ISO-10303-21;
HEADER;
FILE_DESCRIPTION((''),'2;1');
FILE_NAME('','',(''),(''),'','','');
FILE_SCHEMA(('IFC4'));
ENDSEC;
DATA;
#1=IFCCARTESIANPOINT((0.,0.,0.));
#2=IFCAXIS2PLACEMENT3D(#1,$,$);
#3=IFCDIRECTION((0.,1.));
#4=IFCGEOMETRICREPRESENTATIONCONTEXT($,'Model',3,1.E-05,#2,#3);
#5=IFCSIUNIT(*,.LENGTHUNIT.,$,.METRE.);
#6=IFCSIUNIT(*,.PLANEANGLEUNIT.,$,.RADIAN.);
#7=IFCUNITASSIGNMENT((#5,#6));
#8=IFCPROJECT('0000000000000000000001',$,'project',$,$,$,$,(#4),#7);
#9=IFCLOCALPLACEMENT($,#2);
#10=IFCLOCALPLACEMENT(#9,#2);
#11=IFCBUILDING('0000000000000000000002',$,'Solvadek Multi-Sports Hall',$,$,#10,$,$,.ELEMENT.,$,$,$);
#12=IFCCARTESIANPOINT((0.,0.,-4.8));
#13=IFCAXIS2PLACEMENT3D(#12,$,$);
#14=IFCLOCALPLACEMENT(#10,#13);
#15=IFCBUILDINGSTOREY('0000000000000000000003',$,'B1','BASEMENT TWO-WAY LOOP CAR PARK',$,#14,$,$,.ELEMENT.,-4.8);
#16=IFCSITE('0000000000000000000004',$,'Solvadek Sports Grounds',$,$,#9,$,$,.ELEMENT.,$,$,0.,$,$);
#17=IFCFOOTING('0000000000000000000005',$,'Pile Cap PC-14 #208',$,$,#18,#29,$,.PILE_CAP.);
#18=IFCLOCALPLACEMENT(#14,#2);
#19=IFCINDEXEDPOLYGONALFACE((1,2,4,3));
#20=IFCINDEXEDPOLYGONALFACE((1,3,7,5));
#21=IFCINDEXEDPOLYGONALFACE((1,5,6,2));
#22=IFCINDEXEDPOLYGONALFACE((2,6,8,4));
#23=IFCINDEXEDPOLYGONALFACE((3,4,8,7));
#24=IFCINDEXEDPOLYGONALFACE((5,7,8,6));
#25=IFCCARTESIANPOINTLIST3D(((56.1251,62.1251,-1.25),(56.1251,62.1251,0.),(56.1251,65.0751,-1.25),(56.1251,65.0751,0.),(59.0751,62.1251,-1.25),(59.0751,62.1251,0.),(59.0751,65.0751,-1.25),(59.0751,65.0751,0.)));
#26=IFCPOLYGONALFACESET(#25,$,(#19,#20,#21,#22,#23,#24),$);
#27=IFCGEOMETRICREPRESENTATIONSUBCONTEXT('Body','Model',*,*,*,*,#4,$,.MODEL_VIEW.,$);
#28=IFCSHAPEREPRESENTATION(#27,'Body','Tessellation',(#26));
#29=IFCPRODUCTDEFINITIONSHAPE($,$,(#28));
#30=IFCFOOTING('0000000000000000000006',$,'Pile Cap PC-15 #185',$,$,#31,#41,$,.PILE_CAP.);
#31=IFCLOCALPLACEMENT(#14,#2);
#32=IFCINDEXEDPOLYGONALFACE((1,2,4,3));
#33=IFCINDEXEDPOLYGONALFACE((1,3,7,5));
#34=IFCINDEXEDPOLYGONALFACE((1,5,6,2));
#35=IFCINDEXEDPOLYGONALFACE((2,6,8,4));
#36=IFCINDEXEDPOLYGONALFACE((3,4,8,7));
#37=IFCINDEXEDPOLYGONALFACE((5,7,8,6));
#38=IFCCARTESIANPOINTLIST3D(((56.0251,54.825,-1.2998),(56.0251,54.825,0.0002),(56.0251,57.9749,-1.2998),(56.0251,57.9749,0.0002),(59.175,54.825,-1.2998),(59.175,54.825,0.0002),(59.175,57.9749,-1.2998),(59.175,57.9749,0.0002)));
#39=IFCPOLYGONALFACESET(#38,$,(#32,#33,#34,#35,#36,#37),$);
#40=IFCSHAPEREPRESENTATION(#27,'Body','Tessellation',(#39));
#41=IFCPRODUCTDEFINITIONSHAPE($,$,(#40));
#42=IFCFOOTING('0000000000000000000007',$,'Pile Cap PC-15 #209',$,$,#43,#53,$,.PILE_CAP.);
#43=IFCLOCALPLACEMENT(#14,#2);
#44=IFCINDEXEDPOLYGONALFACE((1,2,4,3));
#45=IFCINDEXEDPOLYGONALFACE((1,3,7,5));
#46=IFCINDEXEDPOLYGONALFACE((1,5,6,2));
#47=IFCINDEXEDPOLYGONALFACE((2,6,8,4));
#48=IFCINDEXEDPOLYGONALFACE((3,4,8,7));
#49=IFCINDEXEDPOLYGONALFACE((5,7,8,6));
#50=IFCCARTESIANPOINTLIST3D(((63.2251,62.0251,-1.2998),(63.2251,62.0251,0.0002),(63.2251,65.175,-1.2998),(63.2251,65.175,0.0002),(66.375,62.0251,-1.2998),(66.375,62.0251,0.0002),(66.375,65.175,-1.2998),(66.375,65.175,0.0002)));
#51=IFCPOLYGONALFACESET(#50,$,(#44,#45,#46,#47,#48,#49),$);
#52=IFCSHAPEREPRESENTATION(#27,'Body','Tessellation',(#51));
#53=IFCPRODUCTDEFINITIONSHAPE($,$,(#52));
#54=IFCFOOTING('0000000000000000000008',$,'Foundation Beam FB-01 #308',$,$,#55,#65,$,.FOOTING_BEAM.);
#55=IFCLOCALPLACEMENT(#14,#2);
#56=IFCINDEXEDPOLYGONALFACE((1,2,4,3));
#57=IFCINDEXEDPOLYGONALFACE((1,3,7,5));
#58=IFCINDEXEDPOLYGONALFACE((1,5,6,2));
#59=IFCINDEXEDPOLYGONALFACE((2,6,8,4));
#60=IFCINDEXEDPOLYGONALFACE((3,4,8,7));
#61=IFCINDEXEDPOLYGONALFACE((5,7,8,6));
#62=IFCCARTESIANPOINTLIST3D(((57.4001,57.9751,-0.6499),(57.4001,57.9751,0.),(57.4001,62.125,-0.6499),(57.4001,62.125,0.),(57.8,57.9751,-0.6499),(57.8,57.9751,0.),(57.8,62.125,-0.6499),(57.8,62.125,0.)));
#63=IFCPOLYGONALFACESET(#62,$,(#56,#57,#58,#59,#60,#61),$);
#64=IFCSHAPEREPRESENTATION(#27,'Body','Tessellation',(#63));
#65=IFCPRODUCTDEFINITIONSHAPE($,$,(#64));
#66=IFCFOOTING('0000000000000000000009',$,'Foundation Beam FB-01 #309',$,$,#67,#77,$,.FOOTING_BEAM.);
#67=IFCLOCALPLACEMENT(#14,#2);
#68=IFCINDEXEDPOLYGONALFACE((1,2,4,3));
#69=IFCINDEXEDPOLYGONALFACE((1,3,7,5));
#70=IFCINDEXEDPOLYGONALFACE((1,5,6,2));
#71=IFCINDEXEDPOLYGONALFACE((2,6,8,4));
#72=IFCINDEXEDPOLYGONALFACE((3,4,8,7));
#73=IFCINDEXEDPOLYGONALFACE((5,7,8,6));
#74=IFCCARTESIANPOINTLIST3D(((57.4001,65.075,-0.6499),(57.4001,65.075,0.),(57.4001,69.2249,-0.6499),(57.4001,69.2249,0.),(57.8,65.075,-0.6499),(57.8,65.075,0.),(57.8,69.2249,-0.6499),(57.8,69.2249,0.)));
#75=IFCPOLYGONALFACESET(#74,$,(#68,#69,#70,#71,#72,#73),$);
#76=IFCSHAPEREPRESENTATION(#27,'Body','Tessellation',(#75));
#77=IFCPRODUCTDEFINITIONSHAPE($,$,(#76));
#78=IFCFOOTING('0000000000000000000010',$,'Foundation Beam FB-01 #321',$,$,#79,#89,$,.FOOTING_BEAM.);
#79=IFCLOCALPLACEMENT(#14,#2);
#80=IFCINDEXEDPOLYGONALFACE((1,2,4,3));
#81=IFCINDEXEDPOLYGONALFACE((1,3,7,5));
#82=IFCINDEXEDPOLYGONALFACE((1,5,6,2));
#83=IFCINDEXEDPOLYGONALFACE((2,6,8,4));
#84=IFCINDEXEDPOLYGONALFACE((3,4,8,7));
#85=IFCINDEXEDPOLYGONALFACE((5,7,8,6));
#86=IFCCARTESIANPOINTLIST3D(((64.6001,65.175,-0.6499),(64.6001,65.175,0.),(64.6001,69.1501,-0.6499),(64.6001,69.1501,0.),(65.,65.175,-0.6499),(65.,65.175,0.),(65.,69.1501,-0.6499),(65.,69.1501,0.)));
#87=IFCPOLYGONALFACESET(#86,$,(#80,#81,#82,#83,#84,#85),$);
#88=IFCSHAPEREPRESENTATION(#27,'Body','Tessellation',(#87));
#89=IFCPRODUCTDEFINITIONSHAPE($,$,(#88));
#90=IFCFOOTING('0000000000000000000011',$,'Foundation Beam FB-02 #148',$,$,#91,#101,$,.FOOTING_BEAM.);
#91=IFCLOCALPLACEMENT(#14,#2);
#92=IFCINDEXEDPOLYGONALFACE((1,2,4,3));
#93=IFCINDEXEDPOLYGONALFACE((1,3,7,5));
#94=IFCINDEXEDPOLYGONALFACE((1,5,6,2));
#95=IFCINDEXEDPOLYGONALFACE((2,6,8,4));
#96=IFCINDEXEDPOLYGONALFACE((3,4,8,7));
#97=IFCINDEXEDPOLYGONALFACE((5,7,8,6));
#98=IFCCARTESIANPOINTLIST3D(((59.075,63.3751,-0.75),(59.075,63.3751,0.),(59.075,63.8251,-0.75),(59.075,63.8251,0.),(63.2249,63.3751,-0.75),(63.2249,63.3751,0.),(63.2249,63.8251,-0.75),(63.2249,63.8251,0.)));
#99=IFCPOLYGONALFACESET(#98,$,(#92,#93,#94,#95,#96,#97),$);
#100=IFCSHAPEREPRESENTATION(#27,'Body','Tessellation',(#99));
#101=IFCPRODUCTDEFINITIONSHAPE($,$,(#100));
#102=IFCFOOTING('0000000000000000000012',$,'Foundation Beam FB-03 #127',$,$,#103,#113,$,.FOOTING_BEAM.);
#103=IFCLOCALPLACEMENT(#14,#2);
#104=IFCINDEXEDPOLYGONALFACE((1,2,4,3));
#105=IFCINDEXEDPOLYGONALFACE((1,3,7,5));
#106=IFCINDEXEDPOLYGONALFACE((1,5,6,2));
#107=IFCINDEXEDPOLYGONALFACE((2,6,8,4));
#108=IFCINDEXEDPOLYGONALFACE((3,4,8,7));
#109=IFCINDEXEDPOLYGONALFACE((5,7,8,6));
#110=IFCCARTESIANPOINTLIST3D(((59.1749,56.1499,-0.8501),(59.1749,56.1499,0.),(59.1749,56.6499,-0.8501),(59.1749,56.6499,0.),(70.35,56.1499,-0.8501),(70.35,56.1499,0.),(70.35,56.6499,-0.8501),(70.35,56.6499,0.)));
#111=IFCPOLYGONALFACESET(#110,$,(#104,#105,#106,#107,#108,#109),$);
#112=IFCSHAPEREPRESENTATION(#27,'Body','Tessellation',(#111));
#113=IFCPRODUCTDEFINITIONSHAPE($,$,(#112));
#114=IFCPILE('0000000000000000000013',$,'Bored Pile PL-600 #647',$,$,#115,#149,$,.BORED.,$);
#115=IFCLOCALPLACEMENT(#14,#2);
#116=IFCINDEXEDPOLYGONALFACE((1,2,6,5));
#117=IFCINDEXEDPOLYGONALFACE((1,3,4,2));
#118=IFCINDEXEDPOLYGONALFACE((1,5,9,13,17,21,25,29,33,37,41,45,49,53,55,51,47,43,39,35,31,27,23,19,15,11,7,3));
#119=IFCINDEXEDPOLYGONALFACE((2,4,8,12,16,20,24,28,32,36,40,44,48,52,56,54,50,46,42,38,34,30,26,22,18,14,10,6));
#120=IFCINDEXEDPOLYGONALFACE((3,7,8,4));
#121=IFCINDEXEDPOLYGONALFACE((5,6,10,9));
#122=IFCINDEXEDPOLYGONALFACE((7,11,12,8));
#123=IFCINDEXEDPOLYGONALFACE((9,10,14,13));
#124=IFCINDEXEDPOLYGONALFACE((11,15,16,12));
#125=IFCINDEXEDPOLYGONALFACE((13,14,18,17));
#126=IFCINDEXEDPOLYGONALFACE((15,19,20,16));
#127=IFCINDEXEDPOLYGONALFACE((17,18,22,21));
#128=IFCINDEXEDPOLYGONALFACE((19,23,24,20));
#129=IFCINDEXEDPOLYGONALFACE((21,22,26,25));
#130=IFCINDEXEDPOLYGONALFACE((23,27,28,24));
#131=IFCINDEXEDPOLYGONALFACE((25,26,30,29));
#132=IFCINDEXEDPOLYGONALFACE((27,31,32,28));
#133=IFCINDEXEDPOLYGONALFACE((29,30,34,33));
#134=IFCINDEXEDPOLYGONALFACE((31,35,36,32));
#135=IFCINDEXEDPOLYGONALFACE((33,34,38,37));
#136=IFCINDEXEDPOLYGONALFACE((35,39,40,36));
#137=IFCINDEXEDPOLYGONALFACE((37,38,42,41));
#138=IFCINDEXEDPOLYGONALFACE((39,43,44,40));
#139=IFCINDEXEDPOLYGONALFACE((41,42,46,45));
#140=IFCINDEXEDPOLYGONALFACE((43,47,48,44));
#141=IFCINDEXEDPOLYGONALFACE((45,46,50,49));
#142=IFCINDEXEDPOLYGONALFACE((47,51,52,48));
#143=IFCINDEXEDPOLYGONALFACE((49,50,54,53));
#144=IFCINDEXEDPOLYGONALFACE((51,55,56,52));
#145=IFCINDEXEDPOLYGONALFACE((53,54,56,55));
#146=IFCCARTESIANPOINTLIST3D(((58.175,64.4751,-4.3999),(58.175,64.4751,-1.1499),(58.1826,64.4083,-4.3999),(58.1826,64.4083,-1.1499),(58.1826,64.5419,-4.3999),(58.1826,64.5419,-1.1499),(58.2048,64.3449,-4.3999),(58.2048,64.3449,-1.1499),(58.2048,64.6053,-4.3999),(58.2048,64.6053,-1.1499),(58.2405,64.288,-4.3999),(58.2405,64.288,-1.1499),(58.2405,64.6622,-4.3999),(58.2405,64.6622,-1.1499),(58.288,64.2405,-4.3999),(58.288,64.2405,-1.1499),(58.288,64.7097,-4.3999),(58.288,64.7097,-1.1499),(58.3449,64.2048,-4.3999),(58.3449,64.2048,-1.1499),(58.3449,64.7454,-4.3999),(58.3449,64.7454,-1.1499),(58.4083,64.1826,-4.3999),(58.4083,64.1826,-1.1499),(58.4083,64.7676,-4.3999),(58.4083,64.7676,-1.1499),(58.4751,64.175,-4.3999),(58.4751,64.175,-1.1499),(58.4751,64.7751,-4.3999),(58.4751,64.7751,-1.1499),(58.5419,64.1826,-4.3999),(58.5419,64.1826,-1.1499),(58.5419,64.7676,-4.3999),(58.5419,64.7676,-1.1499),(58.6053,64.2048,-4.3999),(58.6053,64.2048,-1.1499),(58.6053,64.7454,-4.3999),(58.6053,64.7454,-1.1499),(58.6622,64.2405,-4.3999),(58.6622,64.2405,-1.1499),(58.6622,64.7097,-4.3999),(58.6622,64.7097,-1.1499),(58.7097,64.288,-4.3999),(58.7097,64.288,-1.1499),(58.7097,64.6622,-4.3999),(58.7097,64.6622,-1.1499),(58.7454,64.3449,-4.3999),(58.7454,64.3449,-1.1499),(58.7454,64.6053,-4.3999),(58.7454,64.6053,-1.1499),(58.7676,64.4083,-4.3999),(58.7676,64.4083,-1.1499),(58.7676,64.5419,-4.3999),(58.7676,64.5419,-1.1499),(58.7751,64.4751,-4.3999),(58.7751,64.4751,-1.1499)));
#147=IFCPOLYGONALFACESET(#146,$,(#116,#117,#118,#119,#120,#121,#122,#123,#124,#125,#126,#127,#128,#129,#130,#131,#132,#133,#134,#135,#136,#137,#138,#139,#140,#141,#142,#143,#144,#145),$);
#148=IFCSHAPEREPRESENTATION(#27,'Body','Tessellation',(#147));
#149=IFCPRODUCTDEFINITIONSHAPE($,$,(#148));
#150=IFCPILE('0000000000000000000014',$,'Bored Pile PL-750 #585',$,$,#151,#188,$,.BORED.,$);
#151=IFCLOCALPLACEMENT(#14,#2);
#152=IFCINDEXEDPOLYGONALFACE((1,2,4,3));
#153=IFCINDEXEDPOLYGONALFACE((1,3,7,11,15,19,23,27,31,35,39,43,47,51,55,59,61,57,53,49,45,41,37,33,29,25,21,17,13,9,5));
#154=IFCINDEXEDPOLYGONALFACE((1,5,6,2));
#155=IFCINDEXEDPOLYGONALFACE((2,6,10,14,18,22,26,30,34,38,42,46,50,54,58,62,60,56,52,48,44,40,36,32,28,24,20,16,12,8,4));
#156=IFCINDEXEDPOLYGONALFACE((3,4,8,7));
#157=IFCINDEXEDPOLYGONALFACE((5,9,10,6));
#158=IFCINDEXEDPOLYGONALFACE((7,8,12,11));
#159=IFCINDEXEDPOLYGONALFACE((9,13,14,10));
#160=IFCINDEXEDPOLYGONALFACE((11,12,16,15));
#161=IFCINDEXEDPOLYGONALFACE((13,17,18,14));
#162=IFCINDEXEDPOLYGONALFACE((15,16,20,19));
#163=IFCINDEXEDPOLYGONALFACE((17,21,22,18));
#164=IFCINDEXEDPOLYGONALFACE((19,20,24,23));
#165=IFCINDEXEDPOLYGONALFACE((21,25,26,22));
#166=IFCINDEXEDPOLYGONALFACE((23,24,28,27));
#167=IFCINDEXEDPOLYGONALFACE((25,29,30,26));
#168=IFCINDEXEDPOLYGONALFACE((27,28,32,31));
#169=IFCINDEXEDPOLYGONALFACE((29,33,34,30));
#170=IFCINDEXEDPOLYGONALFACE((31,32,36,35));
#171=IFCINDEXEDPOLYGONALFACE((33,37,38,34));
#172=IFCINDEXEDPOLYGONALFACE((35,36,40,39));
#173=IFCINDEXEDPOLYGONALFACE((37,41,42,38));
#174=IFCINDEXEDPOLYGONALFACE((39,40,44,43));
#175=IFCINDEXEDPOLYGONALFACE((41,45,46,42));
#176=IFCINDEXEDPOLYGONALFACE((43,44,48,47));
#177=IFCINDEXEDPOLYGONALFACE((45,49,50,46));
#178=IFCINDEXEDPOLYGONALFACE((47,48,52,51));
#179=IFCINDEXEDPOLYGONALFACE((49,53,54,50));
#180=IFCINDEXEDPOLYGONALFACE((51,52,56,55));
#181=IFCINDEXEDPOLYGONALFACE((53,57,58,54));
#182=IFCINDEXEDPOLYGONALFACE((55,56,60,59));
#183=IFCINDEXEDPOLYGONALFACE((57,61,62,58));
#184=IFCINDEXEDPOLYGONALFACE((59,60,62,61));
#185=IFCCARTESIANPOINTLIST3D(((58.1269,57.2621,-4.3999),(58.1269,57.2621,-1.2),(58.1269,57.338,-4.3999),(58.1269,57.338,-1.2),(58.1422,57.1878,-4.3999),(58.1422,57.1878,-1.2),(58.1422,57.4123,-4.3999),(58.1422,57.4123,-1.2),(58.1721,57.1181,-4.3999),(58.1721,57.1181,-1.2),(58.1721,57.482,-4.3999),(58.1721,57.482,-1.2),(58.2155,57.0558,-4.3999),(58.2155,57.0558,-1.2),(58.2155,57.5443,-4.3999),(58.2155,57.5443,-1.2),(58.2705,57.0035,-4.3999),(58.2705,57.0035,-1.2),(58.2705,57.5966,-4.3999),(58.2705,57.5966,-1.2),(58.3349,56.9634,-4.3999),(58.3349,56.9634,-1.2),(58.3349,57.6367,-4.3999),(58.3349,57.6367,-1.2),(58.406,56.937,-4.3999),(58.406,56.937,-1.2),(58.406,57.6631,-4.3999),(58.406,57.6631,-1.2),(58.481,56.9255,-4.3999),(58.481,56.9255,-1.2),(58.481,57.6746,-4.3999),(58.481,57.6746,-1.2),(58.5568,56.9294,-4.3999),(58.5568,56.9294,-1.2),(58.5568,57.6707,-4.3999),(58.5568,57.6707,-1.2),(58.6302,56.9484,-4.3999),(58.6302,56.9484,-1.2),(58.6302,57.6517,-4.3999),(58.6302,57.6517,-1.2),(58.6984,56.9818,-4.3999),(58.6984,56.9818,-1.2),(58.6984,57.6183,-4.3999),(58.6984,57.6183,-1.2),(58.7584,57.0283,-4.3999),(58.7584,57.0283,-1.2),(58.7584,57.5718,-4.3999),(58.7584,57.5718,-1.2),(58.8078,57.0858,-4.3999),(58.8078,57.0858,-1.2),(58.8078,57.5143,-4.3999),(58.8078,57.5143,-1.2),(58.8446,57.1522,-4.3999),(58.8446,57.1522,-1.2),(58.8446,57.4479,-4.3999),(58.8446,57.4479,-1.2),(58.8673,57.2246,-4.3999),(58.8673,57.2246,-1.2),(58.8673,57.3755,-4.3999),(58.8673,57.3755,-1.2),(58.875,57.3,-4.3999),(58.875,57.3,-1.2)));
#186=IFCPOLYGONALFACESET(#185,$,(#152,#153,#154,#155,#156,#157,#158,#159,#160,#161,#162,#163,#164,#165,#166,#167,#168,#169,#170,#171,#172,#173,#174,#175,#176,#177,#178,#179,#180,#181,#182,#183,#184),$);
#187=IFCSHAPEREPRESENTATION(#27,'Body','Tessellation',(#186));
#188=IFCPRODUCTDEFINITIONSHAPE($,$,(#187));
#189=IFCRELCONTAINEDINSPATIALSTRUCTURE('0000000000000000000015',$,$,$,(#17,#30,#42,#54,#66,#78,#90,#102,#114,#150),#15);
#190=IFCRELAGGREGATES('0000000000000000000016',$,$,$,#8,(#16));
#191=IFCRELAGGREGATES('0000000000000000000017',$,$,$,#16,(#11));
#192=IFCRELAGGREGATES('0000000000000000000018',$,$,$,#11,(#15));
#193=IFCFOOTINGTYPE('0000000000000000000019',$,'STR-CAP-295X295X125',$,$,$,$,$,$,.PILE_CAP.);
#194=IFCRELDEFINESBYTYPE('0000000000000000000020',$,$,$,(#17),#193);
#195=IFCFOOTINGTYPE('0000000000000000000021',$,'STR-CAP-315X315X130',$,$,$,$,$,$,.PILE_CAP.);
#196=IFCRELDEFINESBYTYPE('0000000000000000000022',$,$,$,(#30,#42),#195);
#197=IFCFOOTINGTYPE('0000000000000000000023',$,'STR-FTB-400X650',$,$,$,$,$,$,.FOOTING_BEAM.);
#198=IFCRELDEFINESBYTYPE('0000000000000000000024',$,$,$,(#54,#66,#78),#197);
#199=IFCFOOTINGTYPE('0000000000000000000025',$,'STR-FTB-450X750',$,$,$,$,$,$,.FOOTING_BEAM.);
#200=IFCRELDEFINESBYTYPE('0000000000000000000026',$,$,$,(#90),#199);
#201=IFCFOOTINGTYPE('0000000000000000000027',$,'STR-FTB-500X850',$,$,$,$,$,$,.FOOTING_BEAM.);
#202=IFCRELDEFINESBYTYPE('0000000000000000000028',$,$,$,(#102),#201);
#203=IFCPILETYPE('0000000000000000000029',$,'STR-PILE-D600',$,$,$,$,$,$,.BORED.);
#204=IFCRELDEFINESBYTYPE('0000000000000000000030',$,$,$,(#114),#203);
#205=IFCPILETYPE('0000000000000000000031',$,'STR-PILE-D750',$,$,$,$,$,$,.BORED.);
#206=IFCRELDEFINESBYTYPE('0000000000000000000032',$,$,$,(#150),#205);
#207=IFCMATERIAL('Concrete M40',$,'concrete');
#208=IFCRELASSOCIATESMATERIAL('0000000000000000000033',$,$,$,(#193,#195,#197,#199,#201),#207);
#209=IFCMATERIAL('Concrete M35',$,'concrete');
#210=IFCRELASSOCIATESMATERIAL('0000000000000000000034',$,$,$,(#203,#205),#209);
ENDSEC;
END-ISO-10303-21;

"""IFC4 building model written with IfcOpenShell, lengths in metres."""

from ifc_helpers import new_model, si_unit, direction, frame, origin, origin_2d, place, context, subcontext, project, spatial, rectangle, circle, extrude, material, material_profile, profile_set, type_object, element, save


model = new_model("IFC4")

# Units and contexts
model_context = context("Model", 3, precision=1e-05, world=origin(), true_north=direction((0.0, 1.0)))
body_context = subcontext(model_context, "Body", "Model", "MODEL_VIEW")
ifc_project = project(units=[si_unit("LENGTHUNIT", "METRE"), si_unit("PLANEANGLEUNIT", "RADIAN")], contexts=[model_context])

# Site, building, storey
site_placement = place(None, origin())
site = spatial("IfcSite", under=ifc_project, at=site_placement, Name="Solvadek Sports Grounds", CompositionType="ELEMENT", RefElevation=0.0)
building_placement = place(site_placement, origin())
building = spatial("IfcBuilding", under=site, at=building_placement, Name="Solvadek Multi-Sports Hall", CompositionType="ELEMENT")
storey_placement = place(building_placement, frame((0.0, 0.0, -4.8)))
storey = spatial("IfcBuildingStorey", under=building, at=storey_placement, Name="B1", Description="BASEMENT TWO-WAY LOOP CAR PARK", CompositionType="ELEMENT", Elevation=-4.8)

# Footings
ifc_material_1 = material(Name="Concrete M40", Category="concrete")
footing_type_1 = type_object("IfcFootingType", Name="STR-CAP-295X295X125", PredefinedType="PILE_CAP", material=ifc_material_1)
footing_1_placement = place(storey_placement, frame((57.6001, 63.6001, -1.25), z_axis=(0.0, 0.0, 1.0), x_axis=(1.0, 0.0, 0.0)))
element("IfcFooting", 1, at=footing_1_placement, inside=storey, type_object=footing_type_1, Name="Pile Cap PC-14 #208", PredefinedType="PILE_CAP", context=body_context, shape_type="SweptSolid", body=[
    extrude(rectangle(XDim=2.95, YDim=2.95, at=origin_2d()), origin(), (0.0, 0.0, 1.0), 1.25),
])
footing_type_2 = type_object("IfcFootingType", Name="STR-CAP-315X315X130", PredefinedType="PILE_CAP", material=ifc_material_1)
for number, where, z_axis, x_axis, name in (
    (2, (57.6001, 56.3999, -1.2998), (0.0, 0.0, 1.0), (1.0, 0.0, 0.0), "Pile Cap PC-15 #185"),
    (3, (64.8, 63.6001, -1.2998), (0.0, 0.0, 1.0), (1.0, 0.0, 0.0), "Pile Cap PC-15 #209"),
):
    element("IfcFooting", number, at=place(storey_placement, frame(where, z_axis=z_axis, x_axis=x_axis)), inside=storey, type_object=footing_type_2, Name=name, PredefinedType="PILE_CAP", context=body_context, shape_type="SweptSolid", body=[
        extrude(rectangle(XDim=3.1499, YDim=3.1499, at=origin_2d()), origin(), (0.0, 0.0, 1.0), 1.3),
    ])
footing_type_3 = type_object("IfcFootingType", Name="STR-FTB-400X650", PredefinedType="FOOTING_BEAM", material=ifc_material_1)
for number, where, z_axis, x_axis, name in (
    (4, (57.6001, 60.05, -0.6499), (0.0, 0.0, 1.0), (0.0, 1.0, 0.0), "Foundation Beam FB-01 #308"),
    (5, (57.6001, 67.1499, -0.6499), (0.0, 0.0, 1.0), (0.0, 1.0, 0.0), "Foundation Beam FB-01 #309"),
):
    element("IfcFooting", number, at=place(storey_placement, frame(where, z_axis=z_axis, x_axis=x_axis)), inside=storey, type_object=footing_type_3, Name=name, PredefinedType="FOOTING_BEAM", context=body_context, shape_type="SweptSolid", body=[
        extrude(rectangle(XDim=4.1499, YDim=0.3999, at=origin_2d()), origin(), (0.0, 0.0, 1.0), 0.6499),
    ])
footing_2_placement = place(storey_placement, frame((64.8, 67.1626, -0.6499), z_axis=(0.0, 0.0, 1.0), x_axis=(0.0, 1.0, 0.0)))
element("IfcFooting", 6, at=footing_2_placement, inside=storey, type_object=footing_type_3, Name="Foundation Beam FB-01 #321", PredefinedType="FOOTING_BEAM", context=body_context, shape_type="SweptSolid", body=[
    extrude(rectangle(XDim=3.9751, YDim=0.3999, at=origin_2d()), origin(), (0.0, 0.0, 1.0), 0.6499),
])
footing_type_4 = type_object("IfcFootingType", Name="STR-FTB-450X750", PredefinedType="FOOTING_BEAM", material=ifc_material_1)
footing_3_placement = place(storey_placement, frame((61.1499, 63.6001, -0.75), z_axis=(0.0, 0.0, 1.0), x_axis=(1.0, 0.0, 0.0)))
element("IfcFooting", 7, at=footing_3_placement, inside=storey, type_object=footing_type_4, Name="Foundation Beam FB-02 #148", PredefinedType="FOOTING_BEAM", context=body_context, shape_type="SweptSolid", body=[
    extrude(rectangle(XDim=4.1499, YDim=0.45, at=origin_2d()), origin(), (0.0, 0.0, 1.0), 0.75),
])
footing_type_5 = type_object("IfcFootingType", Name="STR-FTB-500X850", PredefinedType="FOOTING_BEAM", material=ifc_material_1)
footing_4_placement = place(storey_placement, frame((64.7625, 56.3999, -0.8501), z_axis=(0.0, 0.0, 1.0), x_axis=(1.0, 0.0, 0.0)))
element("IfcFooting", 8, at=footing_4_placement, inside=storey, type_object=footing_type_5, Name="Foundation Beam FB-03 #127", PredefinedType="FOOTING_BEAM", context=body_context, shape_type="SweptSolid", body=[
    extrude(rectangle(XDim=11.175, YDim=0.5, at=origin_2d()), origin(), (0.0, 0.0, 1.0), 0.8501),
])

# Piles
ifc_material_2 = material(Name="Concrete M35", Category="concrete")
ifc_material_profile_1 = material_profile(ifc_material_2, circle(Radius=0.3, at=origin_2d()), Name="BORED PILE D600")
ifc_profile_set_1 = profile_set([ifc_material_profile_1], Name="Concrete M35")
pile_type_1 = type_object("IfcPileType", Name="STR-PILE-D600", PredefinedType="BORED", material=ifc_profile_set_1)
pile_1_placement = place(storey_placement, frame((58.4751, 64.4751, -1.1499), z_axis=(0.0, 0.0, -1.0), x_axis=(1.0, 0.0, 0.0)))
element("IfcPile", 9, at=pile_1_placement, inside=storey, type_object=pile_type_1, Name="Bored Pile PL-600 #647", PredefinedType="BORED", context=body_context, shape_type="SweptSolid", body=[
    extrude(circle(Radius=0.3, at=origin_2d()), origin(), (0.0, 0.0, 1.0), 3.25),
])
ifc_material_profile_2 = material_profile(ifc_material_2, circle(Radius=0.375, at=origin_2d()), Name="BORED PILE D750")
ifc_profile_set_2 = profile_set([ifc_material_profile_2], Name="Concrete M35")
pile_type_2 = type_object("IfcPileType", Name="STR-PILE-D750", PredefinedType="BORED", material=ifc_profile_set_2)
pile_2_placement = place(storey_placement, frame((58.5, 57.3, -1.2), z_axis=(0.0, 0.0, -1.0), x_axis=(1.0, 0.0, 0.0)))
element("IfcPile", 10, at=pile_2_placement, inside=storey, type_object=pile_type_2, Name="Bored Pile PL-750 #585", PredefinedType="BORED", context=body_context, shape_type="SweptSolid", body=[
    extrude(circle(Radius=0.375, at=origin_2d()), origin(), (0.0, 0.0, 1.0), 3.2),
])

save(model, "model.ifc")
